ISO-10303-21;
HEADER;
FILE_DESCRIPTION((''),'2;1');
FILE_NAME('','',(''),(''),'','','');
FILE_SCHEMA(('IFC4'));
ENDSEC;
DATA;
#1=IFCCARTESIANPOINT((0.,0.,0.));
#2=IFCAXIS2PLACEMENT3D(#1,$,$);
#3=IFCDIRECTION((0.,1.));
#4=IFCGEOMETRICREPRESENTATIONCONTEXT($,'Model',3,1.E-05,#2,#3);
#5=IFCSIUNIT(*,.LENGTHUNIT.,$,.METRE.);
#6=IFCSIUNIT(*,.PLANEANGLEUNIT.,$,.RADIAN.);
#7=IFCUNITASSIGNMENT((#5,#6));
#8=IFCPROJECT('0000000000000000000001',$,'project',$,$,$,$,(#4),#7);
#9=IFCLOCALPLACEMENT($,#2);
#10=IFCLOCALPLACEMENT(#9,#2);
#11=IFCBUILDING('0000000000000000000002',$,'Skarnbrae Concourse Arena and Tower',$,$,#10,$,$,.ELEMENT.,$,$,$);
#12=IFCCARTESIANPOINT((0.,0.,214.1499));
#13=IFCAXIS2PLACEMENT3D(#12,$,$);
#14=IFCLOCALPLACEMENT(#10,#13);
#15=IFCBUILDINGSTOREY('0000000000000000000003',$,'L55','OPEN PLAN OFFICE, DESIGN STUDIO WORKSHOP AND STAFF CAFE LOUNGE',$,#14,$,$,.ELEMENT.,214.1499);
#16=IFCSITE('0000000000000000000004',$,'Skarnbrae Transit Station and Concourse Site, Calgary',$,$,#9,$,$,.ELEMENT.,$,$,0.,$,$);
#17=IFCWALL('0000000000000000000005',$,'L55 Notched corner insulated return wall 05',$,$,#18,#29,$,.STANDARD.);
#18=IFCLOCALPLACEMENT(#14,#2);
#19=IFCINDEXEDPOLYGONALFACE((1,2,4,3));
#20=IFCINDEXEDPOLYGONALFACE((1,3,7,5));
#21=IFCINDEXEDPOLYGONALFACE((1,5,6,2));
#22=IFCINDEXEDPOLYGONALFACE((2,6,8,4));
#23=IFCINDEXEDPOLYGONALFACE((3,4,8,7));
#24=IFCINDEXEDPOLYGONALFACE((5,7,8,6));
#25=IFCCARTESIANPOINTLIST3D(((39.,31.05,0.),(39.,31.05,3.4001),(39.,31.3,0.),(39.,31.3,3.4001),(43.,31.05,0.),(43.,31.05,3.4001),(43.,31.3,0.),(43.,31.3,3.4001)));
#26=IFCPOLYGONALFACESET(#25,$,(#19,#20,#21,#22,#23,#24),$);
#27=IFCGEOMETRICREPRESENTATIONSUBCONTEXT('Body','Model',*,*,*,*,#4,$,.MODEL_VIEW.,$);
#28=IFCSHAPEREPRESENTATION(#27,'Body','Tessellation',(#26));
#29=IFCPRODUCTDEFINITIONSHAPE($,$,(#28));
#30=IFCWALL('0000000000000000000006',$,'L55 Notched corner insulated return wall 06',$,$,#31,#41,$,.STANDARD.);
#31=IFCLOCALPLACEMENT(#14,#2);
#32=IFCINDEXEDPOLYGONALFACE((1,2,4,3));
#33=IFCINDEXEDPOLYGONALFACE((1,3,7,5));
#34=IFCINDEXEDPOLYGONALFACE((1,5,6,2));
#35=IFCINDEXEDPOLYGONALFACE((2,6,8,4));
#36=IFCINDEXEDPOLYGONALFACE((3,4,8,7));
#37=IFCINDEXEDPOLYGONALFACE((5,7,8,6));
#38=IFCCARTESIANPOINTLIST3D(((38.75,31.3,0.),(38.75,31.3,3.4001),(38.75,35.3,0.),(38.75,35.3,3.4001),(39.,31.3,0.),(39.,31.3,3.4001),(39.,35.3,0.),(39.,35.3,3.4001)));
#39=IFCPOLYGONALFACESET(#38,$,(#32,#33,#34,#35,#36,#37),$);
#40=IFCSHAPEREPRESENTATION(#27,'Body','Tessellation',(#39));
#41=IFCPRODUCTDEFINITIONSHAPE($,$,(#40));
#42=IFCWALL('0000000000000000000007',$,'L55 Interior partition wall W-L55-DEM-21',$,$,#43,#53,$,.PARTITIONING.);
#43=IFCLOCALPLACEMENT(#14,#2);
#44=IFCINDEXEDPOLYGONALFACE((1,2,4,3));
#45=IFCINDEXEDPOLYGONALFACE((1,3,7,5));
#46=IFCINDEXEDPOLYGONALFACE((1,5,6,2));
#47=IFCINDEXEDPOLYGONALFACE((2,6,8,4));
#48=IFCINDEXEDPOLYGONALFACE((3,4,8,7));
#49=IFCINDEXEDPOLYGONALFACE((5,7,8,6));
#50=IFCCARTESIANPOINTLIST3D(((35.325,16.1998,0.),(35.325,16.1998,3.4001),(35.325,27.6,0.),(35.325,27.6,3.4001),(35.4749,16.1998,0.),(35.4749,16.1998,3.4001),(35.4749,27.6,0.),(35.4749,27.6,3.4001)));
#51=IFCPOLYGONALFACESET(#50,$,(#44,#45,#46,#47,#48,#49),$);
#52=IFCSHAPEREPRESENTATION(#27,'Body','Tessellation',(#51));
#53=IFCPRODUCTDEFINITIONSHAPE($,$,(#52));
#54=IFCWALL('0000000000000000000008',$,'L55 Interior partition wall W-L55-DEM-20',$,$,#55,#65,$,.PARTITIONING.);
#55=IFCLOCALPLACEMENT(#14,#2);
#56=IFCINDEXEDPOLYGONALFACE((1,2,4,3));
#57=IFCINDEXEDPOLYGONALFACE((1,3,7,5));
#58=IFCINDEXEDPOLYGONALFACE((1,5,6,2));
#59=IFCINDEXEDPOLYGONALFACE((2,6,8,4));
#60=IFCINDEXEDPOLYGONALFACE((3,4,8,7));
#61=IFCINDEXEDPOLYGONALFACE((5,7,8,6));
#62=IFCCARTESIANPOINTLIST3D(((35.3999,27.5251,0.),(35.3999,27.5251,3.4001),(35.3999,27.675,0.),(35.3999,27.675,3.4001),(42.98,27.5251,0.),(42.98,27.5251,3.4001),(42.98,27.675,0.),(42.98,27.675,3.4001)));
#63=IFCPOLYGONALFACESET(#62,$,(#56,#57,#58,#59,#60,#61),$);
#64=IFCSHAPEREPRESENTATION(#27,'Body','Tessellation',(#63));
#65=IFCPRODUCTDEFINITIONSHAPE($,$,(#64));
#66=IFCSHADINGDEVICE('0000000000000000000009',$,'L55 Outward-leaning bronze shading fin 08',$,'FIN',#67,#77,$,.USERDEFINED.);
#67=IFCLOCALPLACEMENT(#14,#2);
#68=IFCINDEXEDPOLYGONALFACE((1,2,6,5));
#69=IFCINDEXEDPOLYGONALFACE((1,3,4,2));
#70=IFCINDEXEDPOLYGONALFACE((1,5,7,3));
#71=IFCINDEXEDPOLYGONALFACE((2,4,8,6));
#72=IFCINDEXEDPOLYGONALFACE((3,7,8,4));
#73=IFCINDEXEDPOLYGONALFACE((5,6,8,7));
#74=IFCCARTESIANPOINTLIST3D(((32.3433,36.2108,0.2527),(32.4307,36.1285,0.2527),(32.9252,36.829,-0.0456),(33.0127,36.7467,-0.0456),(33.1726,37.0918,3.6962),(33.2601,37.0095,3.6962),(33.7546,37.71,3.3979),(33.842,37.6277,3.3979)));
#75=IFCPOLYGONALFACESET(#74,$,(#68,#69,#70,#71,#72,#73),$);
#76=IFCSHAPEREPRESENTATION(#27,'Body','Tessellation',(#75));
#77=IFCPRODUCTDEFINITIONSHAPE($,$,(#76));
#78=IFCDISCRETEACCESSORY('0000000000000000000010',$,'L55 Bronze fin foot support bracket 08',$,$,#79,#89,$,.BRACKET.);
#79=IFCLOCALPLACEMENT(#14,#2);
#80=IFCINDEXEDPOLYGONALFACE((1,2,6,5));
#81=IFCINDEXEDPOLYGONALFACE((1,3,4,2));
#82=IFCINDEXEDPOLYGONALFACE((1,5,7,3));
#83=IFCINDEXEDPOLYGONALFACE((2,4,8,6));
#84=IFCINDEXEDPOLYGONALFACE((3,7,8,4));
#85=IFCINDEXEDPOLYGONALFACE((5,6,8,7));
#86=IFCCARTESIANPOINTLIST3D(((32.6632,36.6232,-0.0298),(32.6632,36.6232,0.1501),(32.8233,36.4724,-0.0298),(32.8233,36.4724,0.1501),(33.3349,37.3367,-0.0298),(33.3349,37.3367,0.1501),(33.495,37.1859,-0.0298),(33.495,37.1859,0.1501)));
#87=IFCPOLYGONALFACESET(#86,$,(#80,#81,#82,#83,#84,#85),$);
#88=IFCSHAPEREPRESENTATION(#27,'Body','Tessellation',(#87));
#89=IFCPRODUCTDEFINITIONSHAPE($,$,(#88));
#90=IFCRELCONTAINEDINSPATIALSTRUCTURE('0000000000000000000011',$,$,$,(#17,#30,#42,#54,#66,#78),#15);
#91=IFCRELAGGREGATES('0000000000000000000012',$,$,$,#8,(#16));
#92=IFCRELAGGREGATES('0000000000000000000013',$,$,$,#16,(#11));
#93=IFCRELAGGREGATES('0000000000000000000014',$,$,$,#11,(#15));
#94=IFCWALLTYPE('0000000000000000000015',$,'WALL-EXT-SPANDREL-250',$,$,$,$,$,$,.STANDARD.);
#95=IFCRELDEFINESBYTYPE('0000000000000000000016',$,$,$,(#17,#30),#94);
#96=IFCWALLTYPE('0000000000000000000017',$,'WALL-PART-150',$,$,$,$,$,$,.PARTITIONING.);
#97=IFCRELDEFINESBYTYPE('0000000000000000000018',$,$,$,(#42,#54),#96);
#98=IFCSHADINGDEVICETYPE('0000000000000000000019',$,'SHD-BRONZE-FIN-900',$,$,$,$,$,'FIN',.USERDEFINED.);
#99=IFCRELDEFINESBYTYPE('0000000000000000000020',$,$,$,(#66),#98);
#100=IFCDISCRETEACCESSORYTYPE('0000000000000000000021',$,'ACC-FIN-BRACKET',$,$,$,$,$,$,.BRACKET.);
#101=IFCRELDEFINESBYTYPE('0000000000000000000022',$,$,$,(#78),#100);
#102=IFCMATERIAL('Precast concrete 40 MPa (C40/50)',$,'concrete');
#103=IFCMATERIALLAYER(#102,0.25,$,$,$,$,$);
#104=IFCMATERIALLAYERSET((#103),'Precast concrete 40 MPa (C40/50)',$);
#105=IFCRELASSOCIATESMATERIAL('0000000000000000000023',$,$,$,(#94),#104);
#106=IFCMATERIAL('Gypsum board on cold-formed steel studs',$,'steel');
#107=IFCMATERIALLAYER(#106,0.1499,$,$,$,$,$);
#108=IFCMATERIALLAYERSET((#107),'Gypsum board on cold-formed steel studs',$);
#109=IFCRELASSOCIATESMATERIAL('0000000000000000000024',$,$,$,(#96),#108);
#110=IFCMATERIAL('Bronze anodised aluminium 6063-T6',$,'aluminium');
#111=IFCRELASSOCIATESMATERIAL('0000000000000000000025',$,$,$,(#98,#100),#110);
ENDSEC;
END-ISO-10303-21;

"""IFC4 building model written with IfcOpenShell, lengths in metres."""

from ifc_helpers import new_model, si_unit, direction, frame, frame_2d, origin, origin_2d, place, context, subcontext, project, spatial, rectangle, extrude, source, transform, mapped, material, layer, layer_set, type_object, element, save


model = new_model("IFC4")

# Units and contexts
model_context = context("Model", 3, precision=1e-05, world=origin(), true_north=direction((0.0, 1.0)))
body_context = subcontext(model_context, "Body", "Model", "MODEL_VIEW")
ifc_project = project(units=[si_unit("LENGTHUNIT", "METRE"), si_unit("PLANEANGLEUNIT", "RADIAN")], contexts=[model_context])

# Site, building, storey
site_placement = place(None, origin())
site = spatial("IfcSite", under=ifc_project, at=site_placement, Name="Skarnbrae Transit Station and Concourse Site, Calgary", CompositionType="ELEMENT", RefElevation=0.0)
building_placement = place(site_placement, origin())
building = spatial("IfcBuilding", under=site, at=building_placement, Name="Skarnbrae Concourse Arena and Tower", CompositionType="ELEMENT")
storey_placement = place(building_placement, frame((0.0, 0.0, 214.1499)))
storey = spatial("IfcBuildingStorey", under=building, at=storey_placement, Name="L55", Description="OPEN PLAN OFFICE, DESIGN STUDIO WORKSHOP AND STAFF CAFE LOUNGE", CompositionType="ELEMENT", Elevation=214.1499)

# Shared definitions
ifc_material_1 = material(Name="Bronze anodised aluminium 6063-T6", Category="aluminium")

# Walls
ifc_material_2 = material(Name="Precast concrete 40 MPa (C40/50)", Category="concrete")
ifc_layer_1 = layer(ifc_material_2, 0.25)
ifc_layer_set_1 = layer_set([ifc_layer_1], Name="Precast concrete 40 MPa (C40/50)")
wall_type_1 = type_object("IfcWallType", Name="WALL-EXT-SPANDREL-250", PredefinedType="STANDARD", material=ifc_layer_set_1)
shared_shape_1 = source(origin(), body_context, "Body", "SweptSolid", [
    extrude(rectangle(XDim=4.0, YDim=0.25, at=frame_2d((2.0, 0.0))), origin(), (0.0, 0.0, 1.0), 3.4001),
])
for number, where, z_axis, x_axis, name in (
    (1, (43.0, 31.175, 0.0), (0.0, 0.0, 1.0), (-1.0, 0.0, 0.0), "L55 Notched corner insulated return wall 05"),
    (2, (38.875, 31.3, 0.0), (0.0, 0.0, 1.0), (0.0, 1.0, 0.0), "L55 Notched corner insulated return wall 06"),
):
    element("IfcWall", number, at=place(storey_placement, frame(where, z_axis=z_axis, x_axis=x_axis)), inside=storey, type_object=wall_type_1, Name=name, PredefinedType="STANDARD", context=body_context, shape_type="MappedRepresentation", body=[
        mapped(shared_shape_1, transform((0.0, 0.0, 0.0))),
    ])
ifc_material_3 = material(Name="Gypsum board on cold-formed steel studs", Category="steel")
ifc_layer_2 = layer(ifc_material_3, 0.1499)
ifc_layer_set_2 = layer_set([ifc_layer_2], Name="Gypsum board on cold-formed steel studs")
wall_type_2 = type_object("IfcWallType", Name="WALL-PART-150", PredefinedType="PARTITIONING", material=ifc_layer_set_2)
shared_shape_2 = source(origin(), body_context, "Body", "SweptSolid", [
    extrude(rectangle(XDim=11.4001, YDim=0.1499, at=frame_2d((5.7002, 0.0))), origin(), (0.0, 0.0, 1.0), 3.4001),
])
wall_1_placement = place(storey_placement, frame((35.3999, 27.6001, 0.0), z_axis=(0.0, 0.0, 1.0), x_axis=(0.0, -1.0, 0.0)))
element("IfcWall", 3, at=wall_1_placement, inside=storey, type_object=wall_type_2, Name="L55 Interior partition wall W-L55-DEM-21", PredefinedType="PARTITIONING", context=body_context, shape_type="MappedRepresentation", body=[
    mapped(shared_shape_2, transform((0.0, 0.0, 0.0))),
])
shared_shape_3 = source(origin(), body_context, "Body", "SweptSolid", [
    extrude(rectangle(XDim=7.5801, YDim=0.1499, at=frame_2d((3.79, 0.0))), origin(), (0.0, 0.0, 1.0), 3.4001),
])
wall_2_placement = place(storey_placement, frame((42.98, 27.6001, 0.0), z_axis=(0.0, 0.0, 1.0), x_axis=(-1.0, 0.0, 0.0)))
element("IfcWall", 4, at=wall_2_placement, inside=storey, type_object=wall_type_2, Name="L55 Interior partition wall W-L55-DEM-20", PredefinedType="PARTITIONING", context=body_context, shape_type="MappedRepresentation", body=[
    mapped(shared_shape_3, transform((0.0, 0.0, 0.0))),
])

# Shading device
shading_device_type = type_object("IfcShadingDeviceType", Name="SHD-BRONZE-FIN-900", ElementType="FIN", PredefinedType="USERDEFINED", material=ifc_material_1)
shared_shape_4 = source(origin(), body_context, "Body", "SweptSolid", [
    extrude(rectangle(XDim=0.1201, YDim=0.8999, at=origin_2d()), origin(), (0.0, 0.0, 1.0), 3.6499),
])
shading_device_placement = place(storey_placement, frame((32.678, 36.4788, 0.1035), z_axis=(0.227224, 0.241378, 0.943454), x_axis=(0.728132, -0.685437, 0.0)))
element("IfcShadingDevice", 5, at=shading_device_placement, inside=storey, type_object=shading_device_type, Name="L55 Outward-leaning bronze shading fin 08", ObjectType="FIN", PredefinedType="USERDEFINED", context=body_context, shape_type="MappedRepresentation", body=[
    mapped(shared_shape_4, transform((0.0, 0.0, 0.0))),
])

# Discrete accessory
discrete_accessory_type = type_object("IfcDiscreteAccessoryType", Name="ACC-FIN-BRACKET", PredefinedType="BRACKET", material=ifc_material_1)
shared_shape_5 = source(origin(), body_context, "Body", "SweptSolid", [
    extrude(rectangle(XDim=0.22, YDim=0.98, at=origin_2d()), origin(), (0.0, 0.0, 1.0), 0.1799),
])
discrete_accessory_placement = place(storey_placement, frame((33.0791, 36.9045, -0.0298), z_axis=(0.0, 0.0, 1.0), x_axis=(0.728132, -0.685437, 0.0)))
element("IfcDiscreteAccessory", 6, at=discrete_accessory_placement, inside=storey, type_object=discrete_accessory_type, Name="L55 Bronze fin foot support bracket 08", PredefinedType="BRACKET", context=body_context, shape_type="MappedRepresentation", body=[
    mapped(shared_shape_5, transform((0.0, 0.0, 0.0))),
])

save(model, "model.ifc")
